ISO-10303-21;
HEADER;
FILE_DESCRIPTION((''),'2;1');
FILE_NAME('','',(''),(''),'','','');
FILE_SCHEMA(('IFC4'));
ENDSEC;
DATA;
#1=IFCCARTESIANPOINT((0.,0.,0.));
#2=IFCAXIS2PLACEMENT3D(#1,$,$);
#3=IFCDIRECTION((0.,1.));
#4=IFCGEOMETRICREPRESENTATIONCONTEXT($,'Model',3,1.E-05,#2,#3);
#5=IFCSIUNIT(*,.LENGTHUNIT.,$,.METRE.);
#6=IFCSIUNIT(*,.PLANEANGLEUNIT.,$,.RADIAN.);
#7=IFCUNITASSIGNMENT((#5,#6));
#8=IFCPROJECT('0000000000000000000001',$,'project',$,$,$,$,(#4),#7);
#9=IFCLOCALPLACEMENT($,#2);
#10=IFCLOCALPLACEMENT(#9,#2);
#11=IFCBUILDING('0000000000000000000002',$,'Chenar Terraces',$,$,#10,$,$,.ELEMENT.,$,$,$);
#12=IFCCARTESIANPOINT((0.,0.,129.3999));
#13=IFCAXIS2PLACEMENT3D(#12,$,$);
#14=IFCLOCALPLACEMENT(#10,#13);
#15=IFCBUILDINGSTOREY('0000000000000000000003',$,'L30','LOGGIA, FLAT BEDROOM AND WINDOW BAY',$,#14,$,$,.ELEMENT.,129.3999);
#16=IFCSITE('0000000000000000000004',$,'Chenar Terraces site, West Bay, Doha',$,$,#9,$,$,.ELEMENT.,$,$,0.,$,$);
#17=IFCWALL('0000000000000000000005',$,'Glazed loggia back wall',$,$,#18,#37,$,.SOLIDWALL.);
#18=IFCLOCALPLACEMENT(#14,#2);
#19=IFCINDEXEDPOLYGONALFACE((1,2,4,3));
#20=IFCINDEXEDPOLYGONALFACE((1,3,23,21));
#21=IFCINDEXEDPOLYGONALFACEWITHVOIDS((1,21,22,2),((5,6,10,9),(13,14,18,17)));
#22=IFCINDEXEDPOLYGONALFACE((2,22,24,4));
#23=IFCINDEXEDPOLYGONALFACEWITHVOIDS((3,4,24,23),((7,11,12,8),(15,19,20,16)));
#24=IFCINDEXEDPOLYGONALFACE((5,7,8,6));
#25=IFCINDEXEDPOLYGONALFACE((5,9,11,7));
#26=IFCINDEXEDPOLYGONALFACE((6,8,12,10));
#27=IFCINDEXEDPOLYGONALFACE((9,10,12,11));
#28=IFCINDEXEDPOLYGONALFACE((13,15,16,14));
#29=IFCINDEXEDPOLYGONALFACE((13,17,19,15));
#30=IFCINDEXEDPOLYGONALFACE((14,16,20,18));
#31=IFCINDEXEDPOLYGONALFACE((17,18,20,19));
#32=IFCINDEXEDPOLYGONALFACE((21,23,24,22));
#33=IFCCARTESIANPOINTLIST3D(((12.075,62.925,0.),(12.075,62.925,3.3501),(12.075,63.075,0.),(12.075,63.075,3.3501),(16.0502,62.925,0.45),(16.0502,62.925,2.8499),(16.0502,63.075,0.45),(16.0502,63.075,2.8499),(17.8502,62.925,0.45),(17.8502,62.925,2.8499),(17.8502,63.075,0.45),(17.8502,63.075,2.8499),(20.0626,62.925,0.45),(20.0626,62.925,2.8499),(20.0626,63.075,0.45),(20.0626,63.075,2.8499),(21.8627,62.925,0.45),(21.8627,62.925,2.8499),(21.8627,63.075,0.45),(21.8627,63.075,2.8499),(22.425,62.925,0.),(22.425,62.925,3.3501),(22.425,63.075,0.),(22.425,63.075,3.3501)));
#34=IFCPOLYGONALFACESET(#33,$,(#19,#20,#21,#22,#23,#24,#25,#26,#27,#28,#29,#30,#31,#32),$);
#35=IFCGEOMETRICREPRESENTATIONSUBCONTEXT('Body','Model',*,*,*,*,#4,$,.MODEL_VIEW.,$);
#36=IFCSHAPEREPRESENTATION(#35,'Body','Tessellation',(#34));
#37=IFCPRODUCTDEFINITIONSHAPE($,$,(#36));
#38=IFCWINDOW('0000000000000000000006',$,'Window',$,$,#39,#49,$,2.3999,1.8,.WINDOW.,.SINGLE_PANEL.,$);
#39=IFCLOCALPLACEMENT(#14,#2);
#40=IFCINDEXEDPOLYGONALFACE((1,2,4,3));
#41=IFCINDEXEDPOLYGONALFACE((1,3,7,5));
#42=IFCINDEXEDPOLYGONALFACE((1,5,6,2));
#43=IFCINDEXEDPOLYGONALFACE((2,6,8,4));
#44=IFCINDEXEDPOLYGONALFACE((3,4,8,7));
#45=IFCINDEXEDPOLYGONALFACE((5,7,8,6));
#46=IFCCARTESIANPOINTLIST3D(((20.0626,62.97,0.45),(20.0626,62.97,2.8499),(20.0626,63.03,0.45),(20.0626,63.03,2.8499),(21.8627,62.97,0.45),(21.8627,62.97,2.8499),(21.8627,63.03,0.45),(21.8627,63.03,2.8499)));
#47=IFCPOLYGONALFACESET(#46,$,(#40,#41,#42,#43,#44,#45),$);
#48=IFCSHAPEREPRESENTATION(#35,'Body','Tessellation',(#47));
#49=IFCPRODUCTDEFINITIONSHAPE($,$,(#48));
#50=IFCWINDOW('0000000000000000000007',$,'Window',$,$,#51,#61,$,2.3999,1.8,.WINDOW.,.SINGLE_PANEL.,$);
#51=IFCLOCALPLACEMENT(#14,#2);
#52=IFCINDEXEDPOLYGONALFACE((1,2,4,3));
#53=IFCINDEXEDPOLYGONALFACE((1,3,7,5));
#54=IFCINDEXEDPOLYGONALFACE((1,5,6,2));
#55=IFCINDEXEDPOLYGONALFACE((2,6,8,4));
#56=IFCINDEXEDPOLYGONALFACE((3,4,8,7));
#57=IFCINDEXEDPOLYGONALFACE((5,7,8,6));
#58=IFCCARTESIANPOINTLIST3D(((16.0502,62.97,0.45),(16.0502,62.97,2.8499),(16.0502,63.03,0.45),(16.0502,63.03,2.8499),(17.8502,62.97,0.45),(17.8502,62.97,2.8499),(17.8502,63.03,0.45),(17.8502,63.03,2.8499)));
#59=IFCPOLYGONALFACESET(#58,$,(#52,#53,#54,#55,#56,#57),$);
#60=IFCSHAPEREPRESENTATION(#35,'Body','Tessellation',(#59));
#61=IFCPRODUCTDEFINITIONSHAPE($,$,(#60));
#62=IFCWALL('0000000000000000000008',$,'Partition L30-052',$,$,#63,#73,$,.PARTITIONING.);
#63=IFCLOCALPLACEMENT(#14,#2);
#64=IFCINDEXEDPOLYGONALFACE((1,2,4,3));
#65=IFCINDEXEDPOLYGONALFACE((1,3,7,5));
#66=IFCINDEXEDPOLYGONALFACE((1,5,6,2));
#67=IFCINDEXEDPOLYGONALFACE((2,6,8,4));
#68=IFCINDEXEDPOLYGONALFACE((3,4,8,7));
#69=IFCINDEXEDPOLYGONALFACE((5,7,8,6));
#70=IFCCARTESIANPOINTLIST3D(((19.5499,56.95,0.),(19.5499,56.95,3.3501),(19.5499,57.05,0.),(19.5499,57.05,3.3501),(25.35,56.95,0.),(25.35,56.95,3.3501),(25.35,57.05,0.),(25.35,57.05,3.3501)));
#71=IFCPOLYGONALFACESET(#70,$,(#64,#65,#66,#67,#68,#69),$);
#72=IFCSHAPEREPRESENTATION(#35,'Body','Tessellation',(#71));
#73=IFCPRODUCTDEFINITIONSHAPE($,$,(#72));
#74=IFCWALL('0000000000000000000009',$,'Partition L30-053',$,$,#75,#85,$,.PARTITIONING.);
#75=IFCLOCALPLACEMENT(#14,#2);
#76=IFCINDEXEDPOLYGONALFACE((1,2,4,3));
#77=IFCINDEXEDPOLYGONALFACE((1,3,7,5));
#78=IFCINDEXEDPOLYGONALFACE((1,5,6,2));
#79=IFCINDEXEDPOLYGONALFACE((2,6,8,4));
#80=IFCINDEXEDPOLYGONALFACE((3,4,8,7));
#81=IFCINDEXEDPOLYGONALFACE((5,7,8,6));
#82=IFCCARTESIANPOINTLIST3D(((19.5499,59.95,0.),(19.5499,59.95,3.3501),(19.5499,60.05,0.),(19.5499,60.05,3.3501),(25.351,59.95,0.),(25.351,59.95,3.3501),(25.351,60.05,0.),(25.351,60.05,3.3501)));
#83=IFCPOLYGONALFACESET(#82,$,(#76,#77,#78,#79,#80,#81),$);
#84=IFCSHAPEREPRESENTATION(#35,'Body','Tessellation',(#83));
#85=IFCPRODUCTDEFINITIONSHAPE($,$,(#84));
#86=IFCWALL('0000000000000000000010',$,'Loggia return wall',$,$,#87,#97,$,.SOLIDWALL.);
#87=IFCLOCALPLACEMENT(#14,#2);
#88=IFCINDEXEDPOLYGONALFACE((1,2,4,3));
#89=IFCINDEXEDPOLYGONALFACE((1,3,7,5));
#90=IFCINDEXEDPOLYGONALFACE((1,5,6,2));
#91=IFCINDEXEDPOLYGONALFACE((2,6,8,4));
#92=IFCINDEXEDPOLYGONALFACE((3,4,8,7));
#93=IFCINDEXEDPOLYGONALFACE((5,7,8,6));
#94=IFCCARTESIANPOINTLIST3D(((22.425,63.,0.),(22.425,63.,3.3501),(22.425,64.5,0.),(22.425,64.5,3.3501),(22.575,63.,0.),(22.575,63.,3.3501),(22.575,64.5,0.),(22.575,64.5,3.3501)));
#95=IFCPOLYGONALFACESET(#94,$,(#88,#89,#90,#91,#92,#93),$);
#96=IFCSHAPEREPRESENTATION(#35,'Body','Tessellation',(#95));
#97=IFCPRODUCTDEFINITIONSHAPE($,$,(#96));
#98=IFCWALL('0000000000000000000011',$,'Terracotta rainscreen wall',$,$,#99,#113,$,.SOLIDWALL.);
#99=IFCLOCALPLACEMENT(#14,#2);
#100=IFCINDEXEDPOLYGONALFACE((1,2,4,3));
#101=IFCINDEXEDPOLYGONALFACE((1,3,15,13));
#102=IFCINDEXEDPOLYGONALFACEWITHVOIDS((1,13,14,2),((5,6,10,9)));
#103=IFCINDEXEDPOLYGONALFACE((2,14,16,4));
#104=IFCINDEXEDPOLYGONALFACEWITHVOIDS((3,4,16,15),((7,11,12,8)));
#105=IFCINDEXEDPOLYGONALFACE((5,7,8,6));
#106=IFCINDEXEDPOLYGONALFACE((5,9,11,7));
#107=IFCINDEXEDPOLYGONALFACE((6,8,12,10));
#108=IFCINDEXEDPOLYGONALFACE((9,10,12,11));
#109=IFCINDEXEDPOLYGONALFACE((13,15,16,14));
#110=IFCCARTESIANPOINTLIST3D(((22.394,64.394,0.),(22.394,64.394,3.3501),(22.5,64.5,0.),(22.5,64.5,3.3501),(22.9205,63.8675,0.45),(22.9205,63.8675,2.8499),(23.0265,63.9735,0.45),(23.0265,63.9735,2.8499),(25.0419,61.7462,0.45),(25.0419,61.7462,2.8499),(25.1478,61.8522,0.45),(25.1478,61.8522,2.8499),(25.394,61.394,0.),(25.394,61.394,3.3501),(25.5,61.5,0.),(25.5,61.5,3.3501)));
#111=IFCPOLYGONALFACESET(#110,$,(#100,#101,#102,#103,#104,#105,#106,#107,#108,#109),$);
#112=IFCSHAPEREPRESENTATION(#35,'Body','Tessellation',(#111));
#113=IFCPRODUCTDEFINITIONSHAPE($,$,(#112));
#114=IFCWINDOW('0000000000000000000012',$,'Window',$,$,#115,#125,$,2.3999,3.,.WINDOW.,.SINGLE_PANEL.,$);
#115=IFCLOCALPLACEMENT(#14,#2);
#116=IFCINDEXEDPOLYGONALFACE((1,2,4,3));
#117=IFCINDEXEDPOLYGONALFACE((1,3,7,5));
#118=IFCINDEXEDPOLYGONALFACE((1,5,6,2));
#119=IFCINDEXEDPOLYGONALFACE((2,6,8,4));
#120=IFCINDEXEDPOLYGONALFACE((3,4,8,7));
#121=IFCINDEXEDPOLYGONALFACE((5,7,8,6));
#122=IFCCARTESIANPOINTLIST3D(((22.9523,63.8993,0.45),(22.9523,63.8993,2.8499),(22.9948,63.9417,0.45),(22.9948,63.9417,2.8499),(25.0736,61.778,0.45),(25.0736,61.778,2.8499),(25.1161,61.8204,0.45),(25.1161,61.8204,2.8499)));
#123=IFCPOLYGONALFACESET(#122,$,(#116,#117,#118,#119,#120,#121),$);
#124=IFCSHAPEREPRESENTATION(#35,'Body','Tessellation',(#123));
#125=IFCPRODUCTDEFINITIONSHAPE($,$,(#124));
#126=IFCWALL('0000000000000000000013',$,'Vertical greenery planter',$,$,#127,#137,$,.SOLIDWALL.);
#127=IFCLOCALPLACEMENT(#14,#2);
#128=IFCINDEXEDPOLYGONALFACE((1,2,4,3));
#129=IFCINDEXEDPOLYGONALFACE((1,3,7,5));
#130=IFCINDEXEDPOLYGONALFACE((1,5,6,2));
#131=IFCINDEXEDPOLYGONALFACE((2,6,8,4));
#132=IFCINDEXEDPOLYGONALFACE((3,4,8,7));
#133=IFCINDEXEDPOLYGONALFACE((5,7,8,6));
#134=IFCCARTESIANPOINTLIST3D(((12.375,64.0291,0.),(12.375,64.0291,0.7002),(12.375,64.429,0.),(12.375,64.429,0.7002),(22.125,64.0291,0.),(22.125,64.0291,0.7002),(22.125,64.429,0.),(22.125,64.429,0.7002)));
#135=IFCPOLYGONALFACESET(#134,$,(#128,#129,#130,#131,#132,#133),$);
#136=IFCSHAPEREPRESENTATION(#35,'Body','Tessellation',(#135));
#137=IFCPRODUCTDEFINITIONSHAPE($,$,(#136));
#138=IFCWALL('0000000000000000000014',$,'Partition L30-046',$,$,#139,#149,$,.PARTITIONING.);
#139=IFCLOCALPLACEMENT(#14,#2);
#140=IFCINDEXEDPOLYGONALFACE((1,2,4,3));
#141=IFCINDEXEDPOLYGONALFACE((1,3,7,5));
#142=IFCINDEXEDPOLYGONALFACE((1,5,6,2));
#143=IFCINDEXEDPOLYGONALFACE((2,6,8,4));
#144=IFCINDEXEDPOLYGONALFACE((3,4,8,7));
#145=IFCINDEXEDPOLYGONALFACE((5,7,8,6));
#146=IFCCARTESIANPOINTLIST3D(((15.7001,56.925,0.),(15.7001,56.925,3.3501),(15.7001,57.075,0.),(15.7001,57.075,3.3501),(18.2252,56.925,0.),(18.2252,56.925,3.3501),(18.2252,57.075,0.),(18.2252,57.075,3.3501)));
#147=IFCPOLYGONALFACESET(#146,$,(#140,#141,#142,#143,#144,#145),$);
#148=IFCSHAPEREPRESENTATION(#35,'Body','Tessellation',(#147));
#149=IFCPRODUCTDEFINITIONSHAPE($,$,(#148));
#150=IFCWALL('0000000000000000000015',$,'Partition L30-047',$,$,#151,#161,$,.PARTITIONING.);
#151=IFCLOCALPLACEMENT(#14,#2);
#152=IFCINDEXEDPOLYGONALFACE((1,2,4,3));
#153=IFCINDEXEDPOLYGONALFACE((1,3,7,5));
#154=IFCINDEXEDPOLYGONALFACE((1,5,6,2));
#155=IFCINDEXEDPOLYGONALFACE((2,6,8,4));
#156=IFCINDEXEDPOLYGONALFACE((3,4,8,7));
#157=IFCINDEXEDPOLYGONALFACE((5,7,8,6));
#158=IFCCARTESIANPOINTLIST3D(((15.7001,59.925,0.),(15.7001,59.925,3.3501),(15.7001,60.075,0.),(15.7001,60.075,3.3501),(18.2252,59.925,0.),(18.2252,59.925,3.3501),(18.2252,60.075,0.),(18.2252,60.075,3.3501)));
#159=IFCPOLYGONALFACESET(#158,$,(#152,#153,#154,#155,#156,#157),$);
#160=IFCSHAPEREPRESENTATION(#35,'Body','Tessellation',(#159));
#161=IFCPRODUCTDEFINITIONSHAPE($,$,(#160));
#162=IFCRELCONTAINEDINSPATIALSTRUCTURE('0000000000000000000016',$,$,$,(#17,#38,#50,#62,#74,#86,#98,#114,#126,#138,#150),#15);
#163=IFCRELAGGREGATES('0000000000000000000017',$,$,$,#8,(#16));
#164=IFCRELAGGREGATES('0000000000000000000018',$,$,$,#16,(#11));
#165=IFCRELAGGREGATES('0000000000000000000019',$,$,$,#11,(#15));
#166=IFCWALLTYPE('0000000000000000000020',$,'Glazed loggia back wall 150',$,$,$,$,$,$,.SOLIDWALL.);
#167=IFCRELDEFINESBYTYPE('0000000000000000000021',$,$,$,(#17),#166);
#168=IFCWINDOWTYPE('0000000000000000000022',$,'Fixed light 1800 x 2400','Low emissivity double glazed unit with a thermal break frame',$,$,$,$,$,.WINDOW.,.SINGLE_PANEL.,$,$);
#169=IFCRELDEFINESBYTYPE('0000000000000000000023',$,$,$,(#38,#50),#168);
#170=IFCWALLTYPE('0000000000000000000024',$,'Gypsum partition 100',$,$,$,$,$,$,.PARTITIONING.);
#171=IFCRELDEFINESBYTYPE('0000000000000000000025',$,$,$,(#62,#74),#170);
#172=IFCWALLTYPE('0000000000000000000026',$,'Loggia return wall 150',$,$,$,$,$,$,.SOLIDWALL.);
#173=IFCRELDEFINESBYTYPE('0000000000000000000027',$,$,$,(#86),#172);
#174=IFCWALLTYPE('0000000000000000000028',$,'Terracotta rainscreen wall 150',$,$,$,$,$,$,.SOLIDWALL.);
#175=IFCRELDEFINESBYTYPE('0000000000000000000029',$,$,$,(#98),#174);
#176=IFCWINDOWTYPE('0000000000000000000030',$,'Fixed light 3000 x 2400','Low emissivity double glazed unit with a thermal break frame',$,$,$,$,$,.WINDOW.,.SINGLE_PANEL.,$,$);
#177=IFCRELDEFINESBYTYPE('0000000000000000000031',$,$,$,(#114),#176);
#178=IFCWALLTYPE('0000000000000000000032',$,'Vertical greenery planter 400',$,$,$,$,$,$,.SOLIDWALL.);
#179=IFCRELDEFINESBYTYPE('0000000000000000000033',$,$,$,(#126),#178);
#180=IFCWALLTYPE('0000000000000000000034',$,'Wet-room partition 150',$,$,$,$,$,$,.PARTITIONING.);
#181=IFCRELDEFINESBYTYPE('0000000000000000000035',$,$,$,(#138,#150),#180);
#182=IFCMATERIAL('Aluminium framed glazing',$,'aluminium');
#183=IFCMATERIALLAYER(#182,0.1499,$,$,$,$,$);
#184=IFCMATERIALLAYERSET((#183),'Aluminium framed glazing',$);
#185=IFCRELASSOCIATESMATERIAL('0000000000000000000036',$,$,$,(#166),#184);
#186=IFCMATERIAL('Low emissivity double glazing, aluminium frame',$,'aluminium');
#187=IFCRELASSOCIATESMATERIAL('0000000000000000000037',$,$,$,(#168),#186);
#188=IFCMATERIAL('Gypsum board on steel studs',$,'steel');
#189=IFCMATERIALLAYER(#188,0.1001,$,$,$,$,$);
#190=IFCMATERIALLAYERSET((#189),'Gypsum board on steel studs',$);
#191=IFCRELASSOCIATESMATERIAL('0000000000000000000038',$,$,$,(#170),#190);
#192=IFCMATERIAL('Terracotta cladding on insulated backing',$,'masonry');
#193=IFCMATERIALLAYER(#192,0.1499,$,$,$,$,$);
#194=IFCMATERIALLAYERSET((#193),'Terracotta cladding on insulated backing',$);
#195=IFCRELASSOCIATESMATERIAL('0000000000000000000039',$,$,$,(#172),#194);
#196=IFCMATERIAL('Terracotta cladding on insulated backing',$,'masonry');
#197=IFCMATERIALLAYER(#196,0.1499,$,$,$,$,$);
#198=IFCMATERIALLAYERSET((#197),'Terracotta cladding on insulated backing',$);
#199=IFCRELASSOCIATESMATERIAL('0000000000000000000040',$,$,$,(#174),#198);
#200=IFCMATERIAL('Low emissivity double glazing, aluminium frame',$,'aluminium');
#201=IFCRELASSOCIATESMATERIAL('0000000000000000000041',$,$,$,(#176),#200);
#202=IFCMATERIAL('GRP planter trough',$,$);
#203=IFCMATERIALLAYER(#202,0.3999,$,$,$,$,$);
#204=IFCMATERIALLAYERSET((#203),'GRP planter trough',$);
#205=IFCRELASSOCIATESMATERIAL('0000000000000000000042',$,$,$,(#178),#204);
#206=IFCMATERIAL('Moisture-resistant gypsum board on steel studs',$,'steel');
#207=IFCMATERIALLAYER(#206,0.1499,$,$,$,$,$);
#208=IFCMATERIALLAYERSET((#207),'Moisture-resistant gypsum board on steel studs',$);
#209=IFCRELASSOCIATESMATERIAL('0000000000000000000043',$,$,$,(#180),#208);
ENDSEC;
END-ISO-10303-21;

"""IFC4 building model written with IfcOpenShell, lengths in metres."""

from ifc_helpers import new_model, si_unit, direction, frame, frame_2d, origin, place, context, subcontext, project, spatial, rectangle, extrude, material, layer, layer_set, type_object, element, fill, save


model = new_model("IFC4")

# Units and contexts
model_context = context("Model", 3, precision=1e-05, world=origin(), true_north=direction((0.0, 1.0)))
body_context = subcontext(model_context, "Body", "Model", "MODEL_VIEW")
ifc_project = project(units=[si_unit("LENGTHUNIT", "METRE"), si_unit("PLANEANGLEUNIT", "RADIAN")], contexts=[model_context])

# Site, building, storey
site_placement = place(None, origin())
site = spatial("IfcSite", under=ifc_project, at=site_placement, Name="Chenar Terraces site, West Bay, Doha", CompositionType="ELEMENT", RefElevation=0.0)
building_placement = place(site_placement, origin())
building = spatial("IfcBuilding", under=site, at=building_placement, Name="Chenar Terraces", CompositionType="ELEMENT")
storey_placement = place(building_placement, frame((0.0, 0.0, 129.3999)))
storey = spatial("IfcBuildingStorey", under=building, at=storey_placement, Name="L30", Description="LOGGIA, FLAT BEDROOM AND WINDOW BAY", CompositionType="ELEMENT", Elevation=129.3999)

# Wall, openings, windows
ifc_material_1 = material(Name="Aluminium framed glazing", Category="aluminium")
ifc_layer_1 = layer(ifc_material_1, 0.1499)
ifc_layer_set_1 = layer_set([ifc_layer_1], Name="Aluminium framed glazing")
wall_type_1 = type_object("IfcWallType", Name="Glazed loggia back wall 150", PredefinedType="SOLIDWALL", material=ifc_layer_set_1)
wall_1_placement = place(storey_placement, frame((22.425, 63.0, 0.0), z_axis=(0.0, 0.0, 1.0), x_axis=(-1.0, 0.0, 0.0)))
wall_1 = element("IfcWall", 1, at=wall_1_placement, inside=storey, type_object=wall_type_1, Name="Glazed loggia back wall", PredefinedType="SOLIDWALL", context=body_context, shape_type="SweptSolid", body=[
    extrude(rectangle(XDim=10.3501, YDim=0.1499, at=frame_2d((5.175, 0.0))), origin(), (0.0, 0.0, 1.0), 3.3501),
])
opening_1_placement = place(wall_1_placement, frame((0.5625, 0.0, 0.45)))
opening_1 = element("IfcOpeningElement", 2, at=opening_1_placement, cuts=wall_1, PredefinedType="OPENING", context=body_context, shape_type="SweptSolid", body=[
    extrude(rectangle(XDim=1.8, YDim=2.3999, at=frame_2d((0.8999, 1.2))), frame((0.0, 0.085, 0.0), z_axis=(0.0, -1.0, 0.0), x_axis=(1.0, 0.0, 0.0)), (0.0, 0.0, 1.0), 0.1699),
])
opening_2_placement = place(wall_1_placement, frame((4.575, 0.0, 0.45)))
opening_2 = element("IfcOpeningElement", 3, at=opening_2_placement, cuts=wall_1, PredefinedType="OPENING", context=body_context, shape_type="SweptSolid", body=[
    extrude(rectangle(XDim=1.8, YDim=2.3999, at=frame_2d((0.8999, 1.2))), frame((0.0, 0.085, 0.0), z_axis=(0.0, -1.0, 0.0), x_axis=(1.0, 0.0, 0.0)), (0.0, 0.0, 1.0), 0.1699),
])
ifc_material_2 = material(Name="Low emissivity double glazing, aluminium frame", Category="aluminium")
window_type_1 = type_object("IfcWindowType", Name="Fixed light 1800 x 2400", Description="Low emissivity double glazed unit with a thermal break frame", PartitioningType="SINGLE_PANEL", PredefinedType="WINDOW", material=ifc_material_2)
window_1_placement = place(opening_1_placement, origin())
window_1 = element("IfcWindow", 4, at=window_1_placement, inside=storey, type_object=window_type_1, Name="Window", OverallHeight=2.3999, OverallWidth=1.8, PartitioningType="SINGLE_PANEL", PredefinedType="WINDOW", context=body_context, shape_type="SweptSolid", body=[
    extrude(rectangle(XDim=1.8, YDim=2.3999, at=frame_2d((0.8999, 1.2))), frame((0.0, 0.03, 0.0), z_axis=(0.0, -1.0, 0.0), x_axis=(1.0, 0.0, 0.0)), (0.0, 0.0, 1.0), 0.0601),
])
fill(opening_1, window_1)
window_2_placement = place(opening_2_placement, origin())
window_2 = element("IfcWindow", 5, at=window_2_placement, inside=storey, type_object=window_type_1, Name="Window", OverallHeight=2.3999, OverallWidth=1.8, PartitioningType="SINGLE_PANEL", PredefinedType="WINDOW", context=body_context, shape_type="SweptSolid", body=[
    extrude(rectangle(XDim=1.8, YDim=2.3999, at=frame_2d((0.8999, 1.2))), frame((0.0, 0.03, 0.0), z_axis=(0.0, -1.0, 0.0), x_axis=(1.0, 0.0, 0.0)), (0.0, 0.0, 1.0), 0.0601),
])
fill(opening_2, window_2)

# Walls
ifc_material_3 = material(Name="Gypsum board on steel studs", Category="steel")
ifc_layer_2 = layer(ifc_material_3, 0.1001)
ifc_layer_set_2 = layer_set([ifc_layer_2], Name="Gypsum board on steel studs")
wall_type_2 = type_object("IfcWallType", Name="Gypsum partition 100", PredefinedType="PARTITIONING", material=ifc_layer_set_2)
wall_2_placement = place(storey_placement, frame((19.55, 57.0, 0.0), z_axis=(0.0, 0.0, 1.0), x_axis=(1.0, 0.0, 0.0)))
element("IfcWall", 6, at=wall_2_placement, inside=storey, type_object=wall_type_2, Name="Partition L30-052", PredefinedType="PARTITIONING", context=body_context, shape_type="SweptSolid", body=[
    extrude(rectangle(XDim=5.8, YDim=0.1001, at=frame_2d((2.8999, 0.0))), origin(), (0.0, 0.0, 1.0), 3.3501),
])
wall_3_placement = place(storey_placement, frame((19.55, 60.0, 0.0), z_axis=(0.0, 0.0, 1.0), x_axis=(1.0, 0.0, 0.0)))
element("IfcWall", 7, at=wall_3_placement, inside=storey, type_object=wall_type_2, Name="Partition L30-053", PredefinedType="PARTITIONING", context=body_context, shape_type="SweptSolid", body=[
    extrude(rectangle(XDim=5.801, YDim=0.1001, at=frame_2d((2.9004, 0.0))), origin(), (0.0, 0.0, 1.0), 3.3501),
])
ifc_material_4 = material(Name="Terracotta cladding on insulated backing", Category="masonry")
ifc_layer_3 = layer(ifc_material_4, 0.1499)
ifc_layer_set_3 = layer_set([ifc_layer_3], Name="Terracotta cladding on insulated backing")
wall_type_3 = type_object("IfcWallType", Name="Loggia return wall 150", PredefinedType="SOLIDWALL", material=ifc_layer_set_3)
wall_4_placement = place(storey_placement, frame((22.5, 64.5, 0.0), z_axis=(0.0, 0.0, 1.0), x_axis=(0.0, -1.0, 0.0)))
element("IfcWall", 8, at=wall_4_placement, inside=storey, type_object=wall_type_3, Name="Loggia return wall", PredefinedType="SOLIDWALL", context=body_context, shape_type="SweptSolid", body=[
    extrude(rectangle(XDim=1.5, YDim=0.1499, at=frame_2d((0.75, 0.0))), origin(), (0.0, 0.0, 1.0), 3.3501),
])

# Wall, opening, window
ifc_material_5 = material(Name="Terracotta cladding on insulated backing", Category="masonry")
ifc_layer_4 = layer(ifc_material_5, 0.1499)
ifc_layer_set_4 = layer_set([ifc_layer_4], Name="Terracotta cladding on insulated backing")
wall_type_4 = type_object("IfcWallType", Name="Terracotta rainscreen wall 150", PredefinedType="SOLIDWALL", material=ifc_layer_set_4)
wall_5_placement = place(storey_placement, frame((25.447, 61.447, 0.0), z_axis=(0.0, 0.0, 1.0), x_axis=(-0.707107, 0.707107, 0.0)))
wall_5 = element("IfcWall", 9, at=wall_5_placement, inside=storey, type_object=wall_type_4, Name="Terracotta rainscreen wall", PredefinedType="SOLIDWALL", context=body_context, shape_type="SweptSolid", body=[
    extrude(rectangle(XDim=4.2427, YDim=0.1499, at=frame_2d((2.1213, 0.0))), origin(), (0.0, 0.0, 1.0), 3.3501),
])
opening_3_placement = place(wall_5_placement, frame((0.498, 0.0, 0.45)))
opening_3 = element("IfcOpeningElement", 10, at=opening_3_placement, cuts=wall_5, PredefinedType="OPENING", context=body_context, shape_type="SweptSolid", body=[
    extrude(rectangle(XDim=3.0, YDim=2.3999, at=frame_2d((1.5, 1.2))), frame((0.0, 0.085, 0.0), z_axis=(0.0, -1.0, 0.0), x_axis=(1.0, 0.0, 0.0)), (0.0, 0.0, 1.0), 0.1699),
])
ifc_material_6 = material(Name="Low emissivity double glazing, aluminium frame", Category="aluminium")
window_type_2 = type_object("IfcWindowType", Name="Fixed light 3000 x 2400", Description="Low emissivity double glazed unit with a thermal break frame", PartitioningType="SINGLE_PANEL", PredefinedType="WINDOW", material=ifc_material_6)
window_3_placement = place(opening_3_placement, origin())
window_3 = element("IfcWindow", 11, at=window_3_placement, inside=storey, type_object=window_type_2, Name="Window", OverallHeight=2.3999, OverallWidth=3.0, PartitioningType="SINGLE_PANEL", PredefinedType="WINDOW", context=body_context, shape_type="SweptSolid", body=[
    extrude(rectangle(XDim=3.0, YDim=2.3999, at=frame_2d((1.5, 1.2))), frame((0.0, 0.03, 0.0), z_axis=(0.0, -1.0, 0.0), x_axis=(1.0, 0.0, 0.0)), (0.0, 0.0, 1.0), 0.0601),
])
fill(opening_3, window_3)

# Walls
ifc_material_7 = material(Name="GRP planter trough")
ifc_layer_5 = layer(ifc_material_7, 0.3999)
ifc_layer_set_5 = layer_set([ifc_layer_5], Name="GRP planter trough")
wall_type_5 = type_object("IfcWallType", Name="Vertical greenery planter 400", PredefinedType="SOLIDWALL", material=ifc_layer_set_5)
wall_6_placement = place(storey_placement, frame((22.125, 64.229, 0.0), z_axis=(0.0, 0.0, 1.0), x_axis=(-1.0, 0.0, 0.0)))
element("IfcWall", 12, at=wall_6_placement, inside=storey, type_object=wall_type_5, Name="Vertical greenery planter", PredefinedType="SOLIDWALL", context=body_context, shape_type="SweptSolid", body=[
    extrude(rectangle(XDim=9.75, YDim=0.3999, at=frame_2d((4.875, 0.0))), origin(), (0.0, 0.0, 1.0), 0.7002),
])
ifc_material_8 = material(Name="Moisture-resistant gypsum board on steel studs", Category="steel")
ifc_layer_6 = layer(ifc_material_8, 0.1499)
ifc_layer_set_6 = layer_set([ifc_layer_6], Name="Moisture-resistant gypsum board on steel studs")
wall_type_6 = type_object("IfcWallType", Name="Wet-room partition 150", PredefinedType="PARTITIONING", material=ifc_layer_set_6)
for number, where, z_axis, x_axis, name in (
    (13, (15.7, 57.0, 0.0), (0.0, 0.0, 1.0), (1.0, 0.0, 0.0), "Partition L30-046"),
    (14, (15.7, 60.0, 0.0), (0.0, 0.0, 1.0), (1.0, 0.0, 0.0), "Partition L30-047"),
):
    element("IfcWall", number, at=place(storey_placement, frame(where, z_axis=z_axis, x_axis=x_axis)), inside=storey, type_object=wall_type_6, Name=name, PredefinedType="PARTITIONING", context=body_context, shape_type="SweptSolid", body=[
        extrude(rectangle(XDim=2.5251, YDim=0.1499, at=frame_2d((1.2627, 0.0))), origin(), (0.0, 0.0, 1.0), 3.3501),
    ])

save(model, "model.ifc")
